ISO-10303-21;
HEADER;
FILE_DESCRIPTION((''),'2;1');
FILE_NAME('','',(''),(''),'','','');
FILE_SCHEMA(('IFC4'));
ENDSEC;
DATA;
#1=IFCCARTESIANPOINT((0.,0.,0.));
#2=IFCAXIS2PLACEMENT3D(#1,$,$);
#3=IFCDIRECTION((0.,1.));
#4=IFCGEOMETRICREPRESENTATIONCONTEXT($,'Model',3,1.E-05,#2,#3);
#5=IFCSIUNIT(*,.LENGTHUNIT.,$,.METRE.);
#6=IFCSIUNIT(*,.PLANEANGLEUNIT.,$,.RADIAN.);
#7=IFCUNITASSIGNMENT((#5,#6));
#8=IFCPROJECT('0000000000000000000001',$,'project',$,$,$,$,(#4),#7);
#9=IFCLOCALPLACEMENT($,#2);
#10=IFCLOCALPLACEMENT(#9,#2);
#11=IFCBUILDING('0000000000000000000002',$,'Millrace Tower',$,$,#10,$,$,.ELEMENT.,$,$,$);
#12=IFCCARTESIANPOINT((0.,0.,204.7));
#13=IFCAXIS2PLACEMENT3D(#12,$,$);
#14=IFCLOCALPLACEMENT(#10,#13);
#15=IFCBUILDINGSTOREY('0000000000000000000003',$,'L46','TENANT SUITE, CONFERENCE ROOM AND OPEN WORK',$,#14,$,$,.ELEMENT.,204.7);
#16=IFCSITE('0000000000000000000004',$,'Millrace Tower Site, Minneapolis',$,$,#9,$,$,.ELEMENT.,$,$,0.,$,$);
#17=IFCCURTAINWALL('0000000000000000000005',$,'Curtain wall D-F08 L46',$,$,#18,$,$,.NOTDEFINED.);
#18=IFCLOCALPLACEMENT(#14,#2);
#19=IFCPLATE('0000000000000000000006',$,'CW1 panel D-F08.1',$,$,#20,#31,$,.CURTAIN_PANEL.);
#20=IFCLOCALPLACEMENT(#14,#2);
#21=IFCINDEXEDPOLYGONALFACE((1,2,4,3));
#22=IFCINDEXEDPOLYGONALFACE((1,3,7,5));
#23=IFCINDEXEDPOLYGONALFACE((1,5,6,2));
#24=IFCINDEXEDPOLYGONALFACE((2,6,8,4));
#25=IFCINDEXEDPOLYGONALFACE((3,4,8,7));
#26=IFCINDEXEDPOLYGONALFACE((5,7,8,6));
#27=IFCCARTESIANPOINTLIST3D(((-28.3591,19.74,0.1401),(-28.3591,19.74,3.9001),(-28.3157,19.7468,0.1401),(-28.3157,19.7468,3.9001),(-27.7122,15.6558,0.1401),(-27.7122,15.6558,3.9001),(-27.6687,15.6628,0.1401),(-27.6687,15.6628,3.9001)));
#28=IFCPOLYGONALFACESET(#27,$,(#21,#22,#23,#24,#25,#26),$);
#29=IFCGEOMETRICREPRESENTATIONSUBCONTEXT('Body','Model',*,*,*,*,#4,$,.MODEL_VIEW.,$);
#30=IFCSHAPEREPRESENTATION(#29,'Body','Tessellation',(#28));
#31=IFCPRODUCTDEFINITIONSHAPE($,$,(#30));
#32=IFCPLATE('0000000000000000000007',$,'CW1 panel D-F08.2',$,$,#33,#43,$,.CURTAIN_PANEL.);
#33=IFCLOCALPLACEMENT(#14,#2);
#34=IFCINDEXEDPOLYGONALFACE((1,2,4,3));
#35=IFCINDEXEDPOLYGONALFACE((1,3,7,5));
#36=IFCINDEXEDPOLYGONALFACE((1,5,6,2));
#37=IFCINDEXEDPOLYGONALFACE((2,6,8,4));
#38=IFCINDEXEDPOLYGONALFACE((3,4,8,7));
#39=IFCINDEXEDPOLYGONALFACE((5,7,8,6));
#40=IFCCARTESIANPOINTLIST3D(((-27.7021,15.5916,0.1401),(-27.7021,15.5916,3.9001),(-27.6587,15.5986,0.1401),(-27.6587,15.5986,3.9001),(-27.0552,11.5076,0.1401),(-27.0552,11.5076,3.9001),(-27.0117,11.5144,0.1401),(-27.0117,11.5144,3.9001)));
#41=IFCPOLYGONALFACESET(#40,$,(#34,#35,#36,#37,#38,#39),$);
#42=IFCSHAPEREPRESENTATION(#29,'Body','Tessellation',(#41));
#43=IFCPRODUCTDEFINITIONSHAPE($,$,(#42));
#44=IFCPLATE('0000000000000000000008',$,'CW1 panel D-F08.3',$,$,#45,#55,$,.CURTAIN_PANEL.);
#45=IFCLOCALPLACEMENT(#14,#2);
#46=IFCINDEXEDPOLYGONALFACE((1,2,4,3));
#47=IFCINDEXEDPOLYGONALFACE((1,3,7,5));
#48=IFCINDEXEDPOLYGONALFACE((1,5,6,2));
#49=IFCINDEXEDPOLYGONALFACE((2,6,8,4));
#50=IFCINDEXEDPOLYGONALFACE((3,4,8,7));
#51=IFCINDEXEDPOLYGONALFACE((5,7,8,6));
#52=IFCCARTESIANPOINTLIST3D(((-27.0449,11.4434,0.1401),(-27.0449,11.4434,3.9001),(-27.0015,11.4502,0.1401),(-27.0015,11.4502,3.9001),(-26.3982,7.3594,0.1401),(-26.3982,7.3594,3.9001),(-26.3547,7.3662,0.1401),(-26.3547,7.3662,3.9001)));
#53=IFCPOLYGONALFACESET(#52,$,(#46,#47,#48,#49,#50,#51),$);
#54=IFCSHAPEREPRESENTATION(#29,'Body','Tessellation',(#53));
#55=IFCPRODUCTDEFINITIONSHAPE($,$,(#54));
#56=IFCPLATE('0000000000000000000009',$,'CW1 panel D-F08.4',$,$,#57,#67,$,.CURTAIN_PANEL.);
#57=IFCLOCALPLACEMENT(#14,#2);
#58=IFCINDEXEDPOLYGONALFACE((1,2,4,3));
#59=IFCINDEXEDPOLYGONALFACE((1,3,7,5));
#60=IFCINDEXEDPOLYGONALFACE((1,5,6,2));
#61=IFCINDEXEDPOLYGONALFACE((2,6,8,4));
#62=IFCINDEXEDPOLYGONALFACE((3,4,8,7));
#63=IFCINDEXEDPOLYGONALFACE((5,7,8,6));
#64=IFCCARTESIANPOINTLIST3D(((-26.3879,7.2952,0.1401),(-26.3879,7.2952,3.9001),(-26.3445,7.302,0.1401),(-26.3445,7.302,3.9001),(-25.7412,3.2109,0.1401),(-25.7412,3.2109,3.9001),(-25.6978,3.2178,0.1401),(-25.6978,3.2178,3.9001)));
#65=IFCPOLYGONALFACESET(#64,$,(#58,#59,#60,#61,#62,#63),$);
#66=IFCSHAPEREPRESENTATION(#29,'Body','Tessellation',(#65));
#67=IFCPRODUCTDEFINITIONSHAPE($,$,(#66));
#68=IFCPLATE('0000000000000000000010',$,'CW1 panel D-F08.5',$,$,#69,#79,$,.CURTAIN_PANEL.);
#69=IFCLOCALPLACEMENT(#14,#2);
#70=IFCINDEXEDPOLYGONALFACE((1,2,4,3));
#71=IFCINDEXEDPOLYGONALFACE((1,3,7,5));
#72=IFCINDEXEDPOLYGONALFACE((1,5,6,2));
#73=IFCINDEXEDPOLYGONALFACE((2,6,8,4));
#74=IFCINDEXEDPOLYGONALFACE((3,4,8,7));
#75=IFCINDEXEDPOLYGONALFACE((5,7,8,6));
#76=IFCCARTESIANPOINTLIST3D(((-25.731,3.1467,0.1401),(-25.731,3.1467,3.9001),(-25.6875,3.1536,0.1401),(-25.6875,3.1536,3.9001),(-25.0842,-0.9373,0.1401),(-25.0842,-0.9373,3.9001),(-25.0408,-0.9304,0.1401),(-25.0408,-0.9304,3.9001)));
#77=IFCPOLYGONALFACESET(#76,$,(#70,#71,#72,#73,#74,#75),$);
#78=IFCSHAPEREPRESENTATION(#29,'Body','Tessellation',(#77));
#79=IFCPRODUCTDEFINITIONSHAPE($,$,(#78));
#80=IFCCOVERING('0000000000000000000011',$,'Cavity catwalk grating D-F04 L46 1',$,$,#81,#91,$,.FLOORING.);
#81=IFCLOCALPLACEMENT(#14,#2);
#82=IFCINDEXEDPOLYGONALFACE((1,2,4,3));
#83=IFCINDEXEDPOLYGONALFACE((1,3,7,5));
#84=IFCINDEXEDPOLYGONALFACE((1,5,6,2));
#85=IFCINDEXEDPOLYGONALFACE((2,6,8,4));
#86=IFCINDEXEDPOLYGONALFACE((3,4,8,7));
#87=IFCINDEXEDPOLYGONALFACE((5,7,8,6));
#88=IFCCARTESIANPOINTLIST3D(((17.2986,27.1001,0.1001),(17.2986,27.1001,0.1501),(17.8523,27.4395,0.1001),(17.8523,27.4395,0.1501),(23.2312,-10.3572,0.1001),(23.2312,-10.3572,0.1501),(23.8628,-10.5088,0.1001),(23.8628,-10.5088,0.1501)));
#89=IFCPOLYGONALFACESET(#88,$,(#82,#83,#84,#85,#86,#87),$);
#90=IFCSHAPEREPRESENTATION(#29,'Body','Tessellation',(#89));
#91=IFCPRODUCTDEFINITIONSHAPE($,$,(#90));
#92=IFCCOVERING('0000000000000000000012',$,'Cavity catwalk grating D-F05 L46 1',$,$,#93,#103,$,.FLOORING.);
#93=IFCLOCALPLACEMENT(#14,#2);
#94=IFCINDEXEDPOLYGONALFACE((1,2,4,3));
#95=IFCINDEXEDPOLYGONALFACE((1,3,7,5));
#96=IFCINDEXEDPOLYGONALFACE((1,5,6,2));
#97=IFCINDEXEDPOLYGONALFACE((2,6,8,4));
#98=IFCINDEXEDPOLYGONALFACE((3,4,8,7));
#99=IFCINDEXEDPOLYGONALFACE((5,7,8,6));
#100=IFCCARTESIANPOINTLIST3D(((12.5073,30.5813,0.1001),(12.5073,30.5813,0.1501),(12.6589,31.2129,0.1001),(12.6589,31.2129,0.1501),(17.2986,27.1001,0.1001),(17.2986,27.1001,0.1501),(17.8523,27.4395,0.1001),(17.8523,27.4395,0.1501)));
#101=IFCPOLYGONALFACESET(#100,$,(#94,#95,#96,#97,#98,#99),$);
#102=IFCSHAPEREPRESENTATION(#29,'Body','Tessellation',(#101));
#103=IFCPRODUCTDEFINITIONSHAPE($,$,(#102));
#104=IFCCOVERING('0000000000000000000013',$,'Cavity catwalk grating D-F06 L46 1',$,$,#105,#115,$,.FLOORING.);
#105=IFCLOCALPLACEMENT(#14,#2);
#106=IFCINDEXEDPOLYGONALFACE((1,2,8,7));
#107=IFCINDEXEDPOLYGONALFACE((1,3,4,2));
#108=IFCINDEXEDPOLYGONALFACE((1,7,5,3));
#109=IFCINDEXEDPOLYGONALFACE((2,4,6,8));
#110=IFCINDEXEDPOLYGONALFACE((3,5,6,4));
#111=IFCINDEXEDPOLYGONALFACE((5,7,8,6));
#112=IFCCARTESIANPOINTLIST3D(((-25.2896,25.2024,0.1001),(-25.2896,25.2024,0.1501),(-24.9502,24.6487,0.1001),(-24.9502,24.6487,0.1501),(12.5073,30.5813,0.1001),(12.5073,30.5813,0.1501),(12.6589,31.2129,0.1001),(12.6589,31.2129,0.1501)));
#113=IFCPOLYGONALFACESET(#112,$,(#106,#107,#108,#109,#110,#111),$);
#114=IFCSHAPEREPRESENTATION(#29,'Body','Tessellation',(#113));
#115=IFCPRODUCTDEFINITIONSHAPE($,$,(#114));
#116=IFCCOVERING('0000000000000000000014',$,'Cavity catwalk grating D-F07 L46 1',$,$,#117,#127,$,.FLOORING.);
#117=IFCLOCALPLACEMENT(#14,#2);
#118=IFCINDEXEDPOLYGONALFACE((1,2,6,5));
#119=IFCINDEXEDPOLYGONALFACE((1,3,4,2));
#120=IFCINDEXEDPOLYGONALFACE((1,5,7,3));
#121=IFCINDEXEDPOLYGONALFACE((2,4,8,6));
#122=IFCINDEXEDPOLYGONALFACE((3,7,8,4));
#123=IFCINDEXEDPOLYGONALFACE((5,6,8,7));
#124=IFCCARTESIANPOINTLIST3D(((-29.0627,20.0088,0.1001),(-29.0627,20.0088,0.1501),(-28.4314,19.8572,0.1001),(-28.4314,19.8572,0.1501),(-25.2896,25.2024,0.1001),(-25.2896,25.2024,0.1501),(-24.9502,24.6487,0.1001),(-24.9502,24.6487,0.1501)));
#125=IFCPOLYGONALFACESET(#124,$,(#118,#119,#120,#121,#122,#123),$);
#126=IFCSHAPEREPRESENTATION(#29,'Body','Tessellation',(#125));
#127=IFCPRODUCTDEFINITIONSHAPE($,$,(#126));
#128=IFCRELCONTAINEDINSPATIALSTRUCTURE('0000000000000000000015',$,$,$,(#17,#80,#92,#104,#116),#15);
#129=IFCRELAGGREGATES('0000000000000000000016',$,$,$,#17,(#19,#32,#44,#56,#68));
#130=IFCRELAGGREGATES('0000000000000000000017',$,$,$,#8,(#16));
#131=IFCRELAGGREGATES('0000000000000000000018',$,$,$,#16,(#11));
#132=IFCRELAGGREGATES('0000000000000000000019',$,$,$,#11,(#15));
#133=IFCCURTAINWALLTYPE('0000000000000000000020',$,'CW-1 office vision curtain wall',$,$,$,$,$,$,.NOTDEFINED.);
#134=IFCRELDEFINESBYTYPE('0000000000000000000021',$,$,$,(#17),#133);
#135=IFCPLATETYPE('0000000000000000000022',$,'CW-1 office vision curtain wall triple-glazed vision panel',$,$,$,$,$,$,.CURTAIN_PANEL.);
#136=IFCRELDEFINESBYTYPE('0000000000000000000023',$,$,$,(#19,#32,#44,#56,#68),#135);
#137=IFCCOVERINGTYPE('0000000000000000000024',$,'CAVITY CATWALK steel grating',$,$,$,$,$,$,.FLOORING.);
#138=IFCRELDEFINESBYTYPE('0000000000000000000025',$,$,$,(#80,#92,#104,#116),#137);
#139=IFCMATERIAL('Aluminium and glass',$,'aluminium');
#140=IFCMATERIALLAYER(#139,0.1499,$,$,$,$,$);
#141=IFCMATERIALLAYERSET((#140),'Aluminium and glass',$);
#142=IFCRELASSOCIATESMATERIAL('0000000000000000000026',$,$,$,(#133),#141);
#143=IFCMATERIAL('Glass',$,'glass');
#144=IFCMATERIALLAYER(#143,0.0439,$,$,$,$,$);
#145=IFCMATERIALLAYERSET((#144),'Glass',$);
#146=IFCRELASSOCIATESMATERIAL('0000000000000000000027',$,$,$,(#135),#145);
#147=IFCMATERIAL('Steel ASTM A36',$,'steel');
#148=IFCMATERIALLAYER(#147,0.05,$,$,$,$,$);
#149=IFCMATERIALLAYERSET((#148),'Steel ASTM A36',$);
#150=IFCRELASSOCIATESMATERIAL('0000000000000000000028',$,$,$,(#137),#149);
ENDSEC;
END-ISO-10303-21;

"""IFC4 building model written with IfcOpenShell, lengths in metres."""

from ifc_helpers import new_model, si_unit, direction, frame, origin, place, context, subcontext, project, spatial, polyline, outline, extrude, material, layer, layer_set, type_object, element, aggregate, save


model = new_model("IFC4")

# Units and contexts
model_context = context("Model", 3, precision=1e-05, world=origin(), true_north=direction((0.0, 1.0)))
body_context = subcontext(model_context, "Body", "Model", "MODEL_VIEW")
ifc_project = project(units=[si_unit("LENGTHUNIT", "METRE"), si_unit("PLANEANGLEUNIT", "RADIAN")], contexts=[model_context])

# Site, building, storey
site_placement = place(None, origin())
site = spatial("IfcSite", under=ifc_project, at=site_placement, Name="Millrace Tower Site, Minneapolis", CompositionType="ELEMENT", RefElevation=0.0)
building_placement = place(site_placement, origin())
building = spatial("IfcBuilding", under=site, at=building_placement, Name="Millrace Tower", CompositionType="ELEMENT")
storey_placement = place(building_placement, frame((0.0, 0.0, 204.7)))
storey = spatial("IfcBuildingStorey", under=building, at=storey_placement, Name="L46", Description="TENANT SUITE, CONFERENCE ROOM AND OPEN WORK", CompositionType="ELEMENT", Elevation=204.7)

# Shared definitions
ifc_material_1 = material(Name="Aluminium and glass", Category="aluminium")
ifc_layer_1 = layer(ifc_material_1, 0.1499)
ifc_layer_set_1 = layer_set([ifc_layer_1], Name="Aluminium and glass")
curtain_wall_type = type_object("IfcCurtainWallType", Name="CW-1 office vision curtain wall", PredefinedType="NOTDEFINED", material=ifc_layer_set_1)
placement_1 = place(storey_placement, origin())
ifc_material_2 = material(Name="Glass", Category="glass")
ifc_layer_2 = layer(ifc_material_2, 0.0439)
ifc_layer_set_2 = layer_set([ifc_layer_2], Name="Glass")
plate_type = type_object("IfcPlateType", Name="CW-1 office vision curtain wall triple-glazed vision panel", PredefinedType="CURTAIN_PANEL", material=ifc_layer_set_2)
placement_2 = place(storey_placement, frame((0.0, 0.0, 0.1401)))

# Curtain wall, plates
curtain_wall_1 = element("IfcCurtainWall", 1, at=placement_1, inside=storey, type_object=curtain_wall_type, Name="Curtain wall D-F08 L46", PredefinedType="NOTDEFINED")
plate_1 = element("IfcPlate", 2, at=placement_2, type_object=plate_type, Name="CW1 panel D-F08.1", PredefinedType="CURTAIN_PANEL", context=body_context, shape_type="SweptSolid", body=[
    extrude(outline(polyline([(-28.3591, 19.74), (-27.7122, 15.6558), (-27.6687, 15.6628), (-28.3157, 19.7468), (-28.3591, 19.74)])), origin(), (0.0, 0.0, 1.0), 3.76),
])
plate_2 = element("IfcPlate", 3, at=placement_2, type_object=plate_type, Name="CW1 panel D-F08.2", PredefinedType="CURTAIN_PANEL", context=body_context, shape_type="SweptSolid", body=[
    extrude(outline(polyline([(-27.7021, 15.5916), (-27.0552, 11.5076), (-27.0117, 11.5144), (-27.6587, 15.5986), (-27.7021, 15.5916)])), origin(), (0.0, 0.0, 1.0), 3.76),
])
plate_3 = element("IfcPlate", 4, at=placement_2, type_object=plate_type, Name="CW1 panel D-F08.3", PredefinedType="CURTAIN_PANEL", context=body_context, shape_type="SweptSolid", body=[
    extrude(outline(polyline([(-27.0449, 11.4434), (-26.3982, 7.3594), (-26.3547, 7.3662), (-27.0015, 11.4502), (-27.0449, 11.4434)])), origin(), (0.0, 0.0, 1.0), 3.76),
])
plate_4 = element("IfcPlate", 5, at=placement_2, type_object=plate_type, Name="CW1 panel D-F08.4", PredefinedType="CURTAIN_PANEL", context=body_context, shape_type="SweptSolid", body=[
    extrude(outline(polyline([(-26.3879, 7.2952), (-25.7412, 3.2109), (-25.6978, 3.2178), (-26.3445, 7.302), (-26.3879, 7.2952)])), origin(), (0.0, 0.0, 1.0), 3.76),
])
plate_5 = element("IfcPlate", 6, at=placement_2, type_object=plate_type, Name="CW1 panel D-F08.5", PredefinedType="CURTAIN_PANEL", context=body_context, shape_type="SweptSolid", body=[
    extrude(outline(polyline([(-25.731, 3.1467), (-25.0842, -0.9373), (-25.0408, -0.9304), (-25.6875, 3.1536), (-25.731, 3.1467)])), origin(), (0.0, 0.0, 1.0), 3.76),
])
aggregate(curtain_wall_1, [plate_1, plate_2, plate_3, plate_4, plate_5])

# Coverings
ifc_material_3 = material(Name="Steel ASTM A36", Category="steel")
ifc_layer_3 = layer(ifc_material_3, 0.05)
ifc_layer_set_3 = layer_set([ifc_layer_3], Name="Steel ASTM A36")
covering_type = type_object("IfcCoveringType", Name="CAVITY CATWALK steel grating", PredefinedType="FLOORING", material=ifc_layer_set_3)
placement_3 = place(storey_placement, frame((0.0, 0.0, 0.1001)))
element("IfcCovering", 7, at=placement_3, inside=storey, type_object=covering_type, Name="Cavity catwalk grating D-F04 L46 1", PredefinedType="FLOORING", context=body_context, shape_type="SweptSolid", body=[
    extrude(outline(polyline([(23.8628, -10.5088), (17.8523, 27.4395), (17.2986, 27.1001), (23.2312, -10.3572), (23.8628, -10.5088)])), origin(), (0.0, 0.0, 1.0), 0.05),
])
element("IfcCovering", 8, at=placement_3, inside=storey, type_object=covering_type, Name="Cavity catwalk grating D-F05 L46 1", PredefinedType="FLOORING", context=body_context, shape_type="SweptSolid", body=[
    extrude(outline(polyline([(17.8523, 27.4395), (12.6589, 31.2129), (12.5073, 30.5813), (17.2986, 27.1001), (17.8523, 27.4395)])), origin(), (0.0, 0.0, 1.0), 0.05),
])
element("IfcCovering", 9, at=placement_3, inside=storey, type_object=covering_type, Name="Cavity catwalk grating D-F06 L46 1", PredefinedType="FLOORING", context=body_context, shape_type="SweptSolid", body=[
    extrude(outline(polyline([(12.6589, 31.2129), (-25.2896, 25.2024), (-24.9502, 24.6487), (12.5073, 30.5813), (12.6589, 31.2129)])), origin(), (0.0, 0.0, 1.0), 0.05),
])
element("IfcCovering", 10, at=placement_3, inside=storey, type_object=covering_type, Name="Cavity catwalk grating D-F07 L46 1", PredefinedType="FLOORING", context=body_context, shape_type="SweptSolid", body=[
    extrude(outline(polyline([(-25.2896, 25.2024), (-29.0627, 20.0088), (-28.4314, 19.8572), (-24.9502, 24.6487), (-25.2896, 25.2024)])), origin(), (0.0, 0.0, 1.0), 0.05),
])

save(model, "model.ifc")
